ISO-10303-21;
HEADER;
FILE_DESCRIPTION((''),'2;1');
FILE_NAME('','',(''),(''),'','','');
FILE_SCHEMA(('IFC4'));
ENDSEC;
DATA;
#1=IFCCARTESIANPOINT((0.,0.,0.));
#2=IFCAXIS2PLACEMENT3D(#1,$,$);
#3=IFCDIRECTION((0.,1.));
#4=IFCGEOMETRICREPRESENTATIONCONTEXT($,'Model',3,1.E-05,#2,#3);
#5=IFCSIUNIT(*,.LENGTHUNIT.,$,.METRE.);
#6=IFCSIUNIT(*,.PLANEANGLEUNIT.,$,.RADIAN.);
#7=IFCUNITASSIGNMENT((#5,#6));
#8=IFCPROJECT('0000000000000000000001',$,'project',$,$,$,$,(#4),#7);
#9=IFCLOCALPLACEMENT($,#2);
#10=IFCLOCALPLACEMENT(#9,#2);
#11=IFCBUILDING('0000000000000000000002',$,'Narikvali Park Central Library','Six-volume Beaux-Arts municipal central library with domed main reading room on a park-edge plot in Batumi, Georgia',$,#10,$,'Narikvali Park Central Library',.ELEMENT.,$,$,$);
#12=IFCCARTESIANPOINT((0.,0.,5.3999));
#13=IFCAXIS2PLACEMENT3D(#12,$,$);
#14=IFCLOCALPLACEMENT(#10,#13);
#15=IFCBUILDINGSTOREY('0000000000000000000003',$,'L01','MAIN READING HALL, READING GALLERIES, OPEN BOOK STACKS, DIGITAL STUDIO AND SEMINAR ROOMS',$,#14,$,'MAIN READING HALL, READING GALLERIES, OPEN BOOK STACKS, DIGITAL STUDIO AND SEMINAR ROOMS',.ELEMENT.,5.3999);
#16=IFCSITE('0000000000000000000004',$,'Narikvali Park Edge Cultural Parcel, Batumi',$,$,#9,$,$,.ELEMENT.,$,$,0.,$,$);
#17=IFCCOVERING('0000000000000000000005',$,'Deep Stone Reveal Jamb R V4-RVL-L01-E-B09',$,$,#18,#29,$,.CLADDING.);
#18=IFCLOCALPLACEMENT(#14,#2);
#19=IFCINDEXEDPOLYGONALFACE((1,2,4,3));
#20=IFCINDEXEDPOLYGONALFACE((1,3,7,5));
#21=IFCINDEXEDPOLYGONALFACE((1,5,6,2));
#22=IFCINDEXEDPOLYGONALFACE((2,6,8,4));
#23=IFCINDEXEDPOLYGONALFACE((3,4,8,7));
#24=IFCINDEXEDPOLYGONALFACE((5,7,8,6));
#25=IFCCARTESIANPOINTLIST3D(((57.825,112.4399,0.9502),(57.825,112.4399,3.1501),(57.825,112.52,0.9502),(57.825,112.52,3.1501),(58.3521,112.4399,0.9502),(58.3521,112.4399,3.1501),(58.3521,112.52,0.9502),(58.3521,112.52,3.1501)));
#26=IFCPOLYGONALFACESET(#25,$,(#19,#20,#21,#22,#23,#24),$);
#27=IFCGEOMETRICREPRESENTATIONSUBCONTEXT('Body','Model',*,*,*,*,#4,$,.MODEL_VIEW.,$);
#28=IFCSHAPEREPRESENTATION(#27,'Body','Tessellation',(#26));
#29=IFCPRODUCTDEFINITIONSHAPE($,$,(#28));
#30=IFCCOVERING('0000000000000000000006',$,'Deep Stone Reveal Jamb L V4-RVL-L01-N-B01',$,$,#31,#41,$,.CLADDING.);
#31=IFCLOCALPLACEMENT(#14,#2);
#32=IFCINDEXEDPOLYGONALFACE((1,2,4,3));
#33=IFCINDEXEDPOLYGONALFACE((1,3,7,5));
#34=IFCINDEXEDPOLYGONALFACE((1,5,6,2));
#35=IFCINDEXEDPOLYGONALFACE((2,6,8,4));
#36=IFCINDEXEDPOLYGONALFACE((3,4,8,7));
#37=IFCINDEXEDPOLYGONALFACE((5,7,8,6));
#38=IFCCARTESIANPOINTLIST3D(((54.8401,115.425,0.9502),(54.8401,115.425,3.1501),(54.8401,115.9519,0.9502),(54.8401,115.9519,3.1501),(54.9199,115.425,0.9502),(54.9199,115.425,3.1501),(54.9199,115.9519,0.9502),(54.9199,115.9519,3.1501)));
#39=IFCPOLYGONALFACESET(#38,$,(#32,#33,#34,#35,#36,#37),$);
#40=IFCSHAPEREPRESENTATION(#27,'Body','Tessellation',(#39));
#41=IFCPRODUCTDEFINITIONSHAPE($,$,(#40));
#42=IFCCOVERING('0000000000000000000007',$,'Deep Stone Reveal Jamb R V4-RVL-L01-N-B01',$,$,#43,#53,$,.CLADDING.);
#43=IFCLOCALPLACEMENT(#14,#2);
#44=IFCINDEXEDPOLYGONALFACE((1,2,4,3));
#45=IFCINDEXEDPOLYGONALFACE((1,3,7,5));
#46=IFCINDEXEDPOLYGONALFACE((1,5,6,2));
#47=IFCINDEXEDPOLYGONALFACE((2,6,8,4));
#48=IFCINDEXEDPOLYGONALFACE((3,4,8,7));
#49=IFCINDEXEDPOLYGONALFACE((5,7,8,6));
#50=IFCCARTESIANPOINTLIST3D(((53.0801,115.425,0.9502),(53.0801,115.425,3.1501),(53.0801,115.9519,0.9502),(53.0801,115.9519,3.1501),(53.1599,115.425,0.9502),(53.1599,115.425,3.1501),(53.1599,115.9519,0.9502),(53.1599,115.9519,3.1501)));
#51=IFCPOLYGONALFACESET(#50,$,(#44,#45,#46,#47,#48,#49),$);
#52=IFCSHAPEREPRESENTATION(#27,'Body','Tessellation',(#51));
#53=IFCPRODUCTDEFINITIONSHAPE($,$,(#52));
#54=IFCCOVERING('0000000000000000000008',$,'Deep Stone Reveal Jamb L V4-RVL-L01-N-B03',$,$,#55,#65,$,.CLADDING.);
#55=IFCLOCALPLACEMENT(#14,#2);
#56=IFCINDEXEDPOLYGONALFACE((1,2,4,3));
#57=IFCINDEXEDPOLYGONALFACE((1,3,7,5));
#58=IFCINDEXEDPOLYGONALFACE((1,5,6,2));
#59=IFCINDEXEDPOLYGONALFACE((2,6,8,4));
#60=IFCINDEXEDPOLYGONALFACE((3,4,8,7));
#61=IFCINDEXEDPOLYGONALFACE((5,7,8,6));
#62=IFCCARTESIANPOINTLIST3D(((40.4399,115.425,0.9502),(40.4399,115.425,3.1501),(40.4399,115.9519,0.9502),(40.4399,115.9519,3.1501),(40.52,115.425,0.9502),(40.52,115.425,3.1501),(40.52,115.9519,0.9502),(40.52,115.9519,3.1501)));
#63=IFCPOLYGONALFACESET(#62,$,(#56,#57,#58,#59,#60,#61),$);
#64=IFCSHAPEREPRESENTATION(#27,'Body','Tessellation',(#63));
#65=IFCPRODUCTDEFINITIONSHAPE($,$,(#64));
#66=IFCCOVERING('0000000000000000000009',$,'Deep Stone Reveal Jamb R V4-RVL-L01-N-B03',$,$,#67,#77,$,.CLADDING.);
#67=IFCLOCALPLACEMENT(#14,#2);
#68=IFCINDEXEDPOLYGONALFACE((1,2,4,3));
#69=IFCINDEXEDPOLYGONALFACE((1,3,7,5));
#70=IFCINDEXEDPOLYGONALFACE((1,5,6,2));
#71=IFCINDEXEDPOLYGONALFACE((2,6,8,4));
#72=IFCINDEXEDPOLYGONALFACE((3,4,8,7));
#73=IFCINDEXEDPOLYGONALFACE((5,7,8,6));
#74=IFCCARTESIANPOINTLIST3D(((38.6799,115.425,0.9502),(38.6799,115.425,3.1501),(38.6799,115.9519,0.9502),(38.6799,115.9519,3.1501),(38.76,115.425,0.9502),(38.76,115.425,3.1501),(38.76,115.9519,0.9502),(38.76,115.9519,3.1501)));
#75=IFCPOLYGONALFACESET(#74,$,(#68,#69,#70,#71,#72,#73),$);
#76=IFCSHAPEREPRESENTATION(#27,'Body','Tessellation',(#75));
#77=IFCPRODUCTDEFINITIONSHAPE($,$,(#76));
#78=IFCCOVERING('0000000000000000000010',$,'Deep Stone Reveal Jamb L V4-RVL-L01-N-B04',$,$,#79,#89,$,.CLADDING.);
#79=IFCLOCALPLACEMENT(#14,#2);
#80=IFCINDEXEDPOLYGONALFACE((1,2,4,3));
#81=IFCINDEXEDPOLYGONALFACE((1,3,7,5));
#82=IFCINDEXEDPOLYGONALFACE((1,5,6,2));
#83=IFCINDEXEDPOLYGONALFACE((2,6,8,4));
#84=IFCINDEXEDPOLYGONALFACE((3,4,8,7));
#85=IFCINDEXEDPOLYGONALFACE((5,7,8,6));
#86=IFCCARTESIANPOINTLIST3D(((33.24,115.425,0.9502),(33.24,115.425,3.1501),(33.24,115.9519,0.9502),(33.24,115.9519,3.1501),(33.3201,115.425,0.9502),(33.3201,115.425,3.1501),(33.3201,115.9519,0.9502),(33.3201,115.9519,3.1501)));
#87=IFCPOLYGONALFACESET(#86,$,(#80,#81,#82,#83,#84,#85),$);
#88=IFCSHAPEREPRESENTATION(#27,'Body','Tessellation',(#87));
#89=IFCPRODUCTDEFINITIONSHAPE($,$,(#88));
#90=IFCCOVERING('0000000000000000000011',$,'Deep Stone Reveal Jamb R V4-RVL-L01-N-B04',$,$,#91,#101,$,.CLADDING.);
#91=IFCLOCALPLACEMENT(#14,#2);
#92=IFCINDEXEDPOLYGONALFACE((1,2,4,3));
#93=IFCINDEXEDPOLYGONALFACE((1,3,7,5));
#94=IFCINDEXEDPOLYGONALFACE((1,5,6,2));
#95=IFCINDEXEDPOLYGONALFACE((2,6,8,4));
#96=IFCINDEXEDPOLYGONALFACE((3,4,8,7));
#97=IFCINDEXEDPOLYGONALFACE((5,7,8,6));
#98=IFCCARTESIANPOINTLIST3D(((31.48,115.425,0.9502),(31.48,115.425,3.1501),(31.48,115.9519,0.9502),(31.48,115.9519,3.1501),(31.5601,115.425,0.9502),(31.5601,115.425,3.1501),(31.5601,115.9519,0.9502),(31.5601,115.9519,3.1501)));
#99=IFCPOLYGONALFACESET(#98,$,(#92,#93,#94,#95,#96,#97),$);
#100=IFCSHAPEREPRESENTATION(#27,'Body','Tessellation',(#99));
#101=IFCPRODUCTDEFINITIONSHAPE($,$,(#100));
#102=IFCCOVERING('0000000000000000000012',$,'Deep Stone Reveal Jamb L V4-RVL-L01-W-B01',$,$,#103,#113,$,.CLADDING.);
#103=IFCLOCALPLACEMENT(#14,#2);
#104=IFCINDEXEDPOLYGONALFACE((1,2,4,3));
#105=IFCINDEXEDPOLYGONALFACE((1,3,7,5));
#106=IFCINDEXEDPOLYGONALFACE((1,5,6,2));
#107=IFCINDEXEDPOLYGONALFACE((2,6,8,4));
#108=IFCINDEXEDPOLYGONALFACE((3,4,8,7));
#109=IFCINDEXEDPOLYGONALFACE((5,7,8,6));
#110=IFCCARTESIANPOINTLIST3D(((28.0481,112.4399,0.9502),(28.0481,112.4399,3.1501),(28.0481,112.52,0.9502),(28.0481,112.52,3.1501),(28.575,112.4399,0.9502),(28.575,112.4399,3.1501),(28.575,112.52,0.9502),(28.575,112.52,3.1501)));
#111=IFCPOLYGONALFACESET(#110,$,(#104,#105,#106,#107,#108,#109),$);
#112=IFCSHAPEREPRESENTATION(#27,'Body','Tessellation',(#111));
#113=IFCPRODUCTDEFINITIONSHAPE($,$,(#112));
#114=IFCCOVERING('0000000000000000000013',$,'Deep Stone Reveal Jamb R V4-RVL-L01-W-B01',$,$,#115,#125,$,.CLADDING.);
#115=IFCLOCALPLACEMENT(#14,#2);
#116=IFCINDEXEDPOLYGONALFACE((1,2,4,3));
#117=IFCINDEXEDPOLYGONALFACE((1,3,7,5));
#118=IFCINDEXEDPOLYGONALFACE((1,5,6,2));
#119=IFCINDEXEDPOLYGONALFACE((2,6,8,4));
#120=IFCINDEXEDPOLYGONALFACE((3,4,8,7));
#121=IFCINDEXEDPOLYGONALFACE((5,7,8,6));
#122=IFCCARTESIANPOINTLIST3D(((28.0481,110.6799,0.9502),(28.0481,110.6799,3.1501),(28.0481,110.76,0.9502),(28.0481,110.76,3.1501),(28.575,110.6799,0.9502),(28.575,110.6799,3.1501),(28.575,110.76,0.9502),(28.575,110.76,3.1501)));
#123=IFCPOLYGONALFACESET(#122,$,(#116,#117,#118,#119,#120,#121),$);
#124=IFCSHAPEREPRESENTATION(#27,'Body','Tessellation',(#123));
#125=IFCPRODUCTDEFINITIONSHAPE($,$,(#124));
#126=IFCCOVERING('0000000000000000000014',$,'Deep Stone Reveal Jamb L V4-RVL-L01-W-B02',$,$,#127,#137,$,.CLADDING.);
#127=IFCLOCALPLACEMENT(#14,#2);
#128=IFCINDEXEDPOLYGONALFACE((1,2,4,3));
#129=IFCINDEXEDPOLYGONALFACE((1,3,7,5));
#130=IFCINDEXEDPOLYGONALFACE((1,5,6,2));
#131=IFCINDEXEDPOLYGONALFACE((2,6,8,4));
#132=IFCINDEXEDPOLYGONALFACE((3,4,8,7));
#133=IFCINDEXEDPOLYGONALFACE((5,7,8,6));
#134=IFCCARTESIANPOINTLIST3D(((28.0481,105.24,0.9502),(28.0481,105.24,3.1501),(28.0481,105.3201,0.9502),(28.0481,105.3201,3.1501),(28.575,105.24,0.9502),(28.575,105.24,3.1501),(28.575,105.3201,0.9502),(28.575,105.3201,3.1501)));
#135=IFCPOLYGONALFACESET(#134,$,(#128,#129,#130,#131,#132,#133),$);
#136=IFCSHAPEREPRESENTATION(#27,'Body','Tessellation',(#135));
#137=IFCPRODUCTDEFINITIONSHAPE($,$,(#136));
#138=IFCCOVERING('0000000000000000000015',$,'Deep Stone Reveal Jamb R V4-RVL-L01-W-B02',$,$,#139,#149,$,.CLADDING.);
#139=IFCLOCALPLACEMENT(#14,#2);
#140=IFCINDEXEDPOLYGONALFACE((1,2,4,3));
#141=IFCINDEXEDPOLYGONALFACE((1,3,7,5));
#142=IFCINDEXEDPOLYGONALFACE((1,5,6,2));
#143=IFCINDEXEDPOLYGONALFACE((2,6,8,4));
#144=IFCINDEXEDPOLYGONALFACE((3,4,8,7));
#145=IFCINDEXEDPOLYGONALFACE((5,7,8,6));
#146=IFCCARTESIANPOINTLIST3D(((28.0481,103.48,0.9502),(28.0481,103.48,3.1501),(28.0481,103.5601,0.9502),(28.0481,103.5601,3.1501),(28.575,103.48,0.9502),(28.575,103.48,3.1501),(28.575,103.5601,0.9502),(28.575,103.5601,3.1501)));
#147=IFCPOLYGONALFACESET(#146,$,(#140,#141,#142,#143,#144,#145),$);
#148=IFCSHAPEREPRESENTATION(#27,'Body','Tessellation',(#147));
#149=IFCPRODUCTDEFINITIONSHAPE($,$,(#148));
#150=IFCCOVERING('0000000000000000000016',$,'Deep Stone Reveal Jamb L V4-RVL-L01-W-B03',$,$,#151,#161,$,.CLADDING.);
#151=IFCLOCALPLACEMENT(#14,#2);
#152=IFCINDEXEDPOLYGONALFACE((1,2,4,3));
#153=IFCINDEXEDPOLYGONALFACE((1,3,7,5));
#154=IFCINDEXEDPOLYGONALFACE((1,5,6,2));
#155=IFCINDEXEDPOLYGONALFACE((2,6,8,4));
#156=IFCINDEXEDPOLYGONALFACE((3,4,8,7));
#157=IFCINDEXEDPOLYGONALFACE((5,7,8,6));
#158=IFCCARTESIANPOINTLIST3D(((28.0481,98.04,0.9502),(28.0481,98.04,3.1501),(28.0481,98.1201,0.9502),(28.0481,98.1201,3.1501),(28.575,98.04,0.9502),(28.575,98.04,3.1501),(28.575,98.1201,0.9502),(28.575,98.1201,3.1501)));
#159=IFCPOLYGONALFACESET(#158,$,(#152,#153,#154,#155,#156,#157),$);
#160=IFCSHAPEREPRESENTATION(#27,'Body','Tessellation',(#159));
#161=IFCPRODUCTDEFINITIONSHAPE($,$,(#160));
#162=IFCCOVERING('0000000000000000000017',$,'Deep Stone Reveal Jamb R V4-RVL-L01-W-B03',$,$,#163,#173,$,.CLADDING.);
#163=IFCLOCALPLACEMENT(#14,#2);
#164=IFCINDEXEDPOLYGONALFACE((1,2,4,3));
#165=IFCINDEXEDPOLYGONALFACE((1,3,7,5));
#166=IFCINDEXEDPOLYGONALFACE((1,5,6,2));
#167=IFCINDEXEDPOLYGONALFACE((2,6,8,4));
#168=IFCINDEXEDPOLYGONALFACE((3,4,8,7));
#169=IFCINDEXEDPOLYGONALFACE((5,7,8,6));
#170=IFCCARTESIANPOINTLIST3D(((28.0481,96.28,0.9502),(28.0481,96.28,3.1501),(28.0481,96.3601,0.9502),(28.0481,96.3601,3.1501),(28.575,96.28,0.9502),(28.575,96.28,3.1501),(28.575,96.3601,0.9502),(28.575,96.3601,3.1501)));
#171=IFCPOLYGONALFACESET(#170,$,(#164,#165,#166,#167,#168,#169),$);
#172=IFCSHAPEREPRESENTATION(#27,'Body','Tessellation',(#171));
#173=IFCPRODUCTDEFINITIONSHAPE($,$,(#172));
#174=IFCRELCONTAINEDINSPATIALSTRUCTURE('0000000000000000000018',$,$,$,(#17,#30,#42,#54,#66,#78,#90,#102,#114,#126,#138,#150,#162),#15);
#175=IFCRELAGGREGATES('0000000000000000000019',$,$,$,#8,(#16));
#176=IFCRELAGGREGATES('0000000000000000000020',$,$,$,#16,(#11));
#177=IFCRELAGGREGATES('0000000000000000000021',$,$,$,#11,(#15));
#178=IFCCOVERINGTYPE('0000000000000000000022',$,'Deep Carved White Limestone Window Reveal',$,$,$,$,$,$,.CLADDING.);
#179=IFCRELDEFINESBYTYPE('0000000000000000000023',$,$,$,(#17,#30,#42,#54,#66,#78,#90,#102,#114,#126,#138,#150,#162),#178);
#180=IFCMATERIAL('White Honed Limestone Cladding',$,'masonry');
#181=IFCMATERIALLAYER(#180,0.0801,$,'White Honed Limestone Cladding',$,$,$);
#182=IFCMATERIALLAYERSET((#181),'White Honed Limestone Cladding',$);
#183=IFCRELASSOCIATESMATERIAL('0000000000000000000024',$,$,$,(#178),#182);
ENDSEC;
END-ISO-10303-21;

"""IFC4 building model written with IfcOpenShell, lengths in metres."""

from ifc_helpers import new_model, si_unit, direction, frame, origin, place, context, subcontext, project, spatial, polyline, outline, extrude, material, layer, layer_set, type_object, element, save


model = new_model("IFC4")

# Units and contexts
model_context = context("Model", 3, precision=1e-05, world=origin(), true_north=direction((0.0, 1.0)))
body_context = subcontext(model_context, "Body", "Model", "MODEL_VIEW")
ifc_project = project(units=[si_unit("LENGTHUNIT", "METRE"), si_unit("PLANEANGLEUNIT", "RADIAN")], contexts=[model_context])

# Site, building, storey
site_placement = place(None, origin())
site = spatial("IfcSite", under=ifc_project, at=site_placement, Name="Narikvali Park Edge Cultural Parcel, Batumi", CompositionType="ELEMENT", RefElevation=0.0)
building_placement = place(site_placement, origin())
building = spatial("IfcBuilding", under=site, at=building_placement, Name="Narikvali Park Central Library", Description="Six-volume Beaux-Arts municipal central library with domed main reading room on a park-edge plot in Batumi, Georgia", LongName="Narikvali Park Central Library", CompositionType="ELEMENT")
storey_placement = place(building_placement, frame((0.0, 0.0, 5.3999)))
storey = spatial("IfcBuildingStorey", under=building, at=storey_placement, Name="L01", Description="MAIN READING HALL, READING GALLERIES, OPEN BOOK STACKS, DIGITAL STUDIO AND SEMINAR ROOMS", LongName="MAIN READING HALL, READING GALLERIES, OPEN BOOK STACKS, DIGITAL STUDIO AND SEMINAR ROOMS", CompositionType="ELEMENT", Elevation=5.3999)

# Coverings
ifc_material = material(Name="White Honed Limestone Cladding", Category="masonry")
ifc_layer = layer(ifc_material, 0.0801, Name="White Honed Limestone Cladding")
ifc_layer_set = layer_set([ifc_layer], Name="White Honed Limestone Cladding")
covering_type = type_object("IfcCoveringType", Name="Deep Carved White Limestone Window Reveal", PredefinedType="CLADDING", material=ifc_layer_set)
covering_1_placement = place(storey_placement, frame((0.0, 0.0, 0.9502)))
element("IfcCovering", 1, at=covering_1_placement, inside=storey, type_object=covering_type, Name="Deep Stone Reveal Jamb R V4-RVL-L01-E-B09", PredefinedType="CLADDING", context=body_context, shape_type="SweptSolid", body=[
    extrude(outline(polyline([(57.825, 112.4399), (57.825, 112.52), (58.3521, 112.52), (58.3521, 112.4399), (57.825, 112.4399)])), origin(), (0.0, 0.0, 1.0), 2.2),
])
covering_2_placement = place(storey_placement, frame((0.0, 0.0, 0.9502)))
element("IfcCovering", 2, at=covering_2_placement, inside=storey, type_object=covering_type, Name="Deep Stone Reveal Jamb L V4-RVL-L01-N-B01", PredefinedType="CLADDING", context=body_context, shape_type="SweptSolid", body=[
    extrude(outline(polyline([(54.9199, 115.425), (54.8401, 115.425), (54.8401, 115.9519), (54.9199, 115.9519), (54.9199, 115.425)])), origin(), (0.0, 0.0, 1.0), 2.2),
])
covering_3_placement = place(storey_placement, frame((0.0, 0.0, 0.9502)))
element("IfcCovering", 3, at=covering_3_placement, inside=storey, type_object=covering_type, Name="Deep Stone Reveal Jamb R V4-RVL-L01-N-B01", PredefinedType="CLADDING", context=body_context, shape_type="SweptSolid", body=[
    extrude(outline(polyline([(53.1599, 115.425), (53.0801, 115.425), (53.0801, 115.9519), (53.1599, 115.9519), (53.1599, 115.425)])), origin(), (0.0, 0.0, 1.0), 2.2),
])
covering_4_placement = place(storey_placement, frame((0.0, 0.0, 0.9502)))
element("IfcCovering", 4, at=covering_4_placement, inside=storey, type_object=covering_type, Name="Deep Stone Reveal Jamb L V4-RVL-L01-N-B03", PredefinedType="CLADDING", context=body_context, shape_type="SweptSolid", body=[
    extrude(outline(polyline([(40.52, 115.425), (40.4399, 115.425), (40.4399, 115.9519), (40.52, 115.9519), (40.52, 115.425)])), origin(), (0.0, 0.0, 1.0), 2.2),
])
covering_5_placement = place(storey_placement, frame((0.0, 0.0, 0.9502)))
element("IfcCovering", 5, at=covering_5_placement, inside=storey, type_object=covering_type, Name="Deep Stone Reveal Jamb R V4-RVL-L01-N-B03", PredefinedType="CLADDING", context=body_context, shape_type="SweptSolid", body=[
    extrude(outline(polyline([(38.76, 115.425), (38.6799, 115.425), (38.6799, 115.9519), (38.76, 115.9519), (38.76, 115.425)])), origin(), (0.0, 0.0, 1.0), 2.2),
])
covering_6_placement = place(storey_placement, frame((0.0, 0.0, 0.9502)))
element("IfcCovering", 6, at=covering_6_placement, inside=storey, type_object=covering_type, Name="Deep Stone Reveal Jamb L V4-RVL-L01-N-B04", PredefinedType="CLADDING", context=body_context, shape_type="SweptSolid", body=[
    extrude(outline(polyline([(33.3201, 115.425), (33.24, 115.425), (33.24, 115.9519), (33.3201, 115.9519), (33.3201, 115.425)])), origin(), (0.0, 0.0, 1.0), 2.2),
])
covering_7_placement = place(storey_placement, frame((0.0, 0.0, 0.9502)))
element("IfcCovering", 7, at=covering_7_placement, inside=storey, type_object=covering_type, Name="Deep Stone Reveal Jamb R V4-RVL-L01-N-B04", PredefinedType="CLADDING", context=body_context, shape_type="SweptSolid", body=[
    extrude(outline(polyline([(31.5601, 115.425), (31.48, 115.425), (31.48, 115.9519), (31.5601, 115.9519), (31.5601, 115.425)])), origin(), (0.0, 0.0, 1.0), 2.2),
])
covering_8_placement = place(storey_placement, frame((0.0, 0.0, 0.9502)))
element("IfcCovering", 8, at=covering_8_placement, inside=storey, type_object=covering_type, Name="Deep Stone Reveal Jamb L V4-RVL-L01-W-B01", PredefinedType="CLADDING", context=body_context, shape_type="SweptSolid", body=[
    extrude(outline(polyline([(28.575, 112.52), (28.575, 112.4399), (28.0481, 112.4399), (28.0481, 112.52), (28.575, 112.52)])), origin(), (0.0, 0.0, 1.0), 2.2),
])
covering_9_placement = place(storey_placement, frame((0.0, 0.0, 0.9502)))
element("IfcCovering", 9, at=covering_9_placement, inside=storey, type_object=covering_type, Name="Deep Stone Reveal Jamb R V4-RVL-L01-W-B01", PredefinedType="CLADDING", context=body_context, shape_type="SweptSolid", body=[
    extrude(outline(polyline([(28.575, 110.76), (28.575, 110.6799), (28.0481, 110.6799), (28.0481, 110.76), (28.575, 110.76)])), origin(), (0.0, 0.0, 1.0), 2.2),
])
covering_10_placement = place(storey_placement, frame((0.0, 0.0, 0.9502)))
element("IfcCovering", 10, at=covering_10_placement, inside=storey, type_object=covering_type, Name="Deep Stone Reveal Jamb L V4-RVL-L01-W-B02", PredefinedType="CLADDING", context=body_context, shape_type="SweptSolid", body=[
    extrude(outline(polyline([(28.575, 105.3201), (28.575, 105.24), (28.0481, 105.24), (28.0481, 105.3201), (28.575, 105.3201)])), origin(), (0.0, 0.0, 1.0), 2.2),
])
covering_11_placement = place(storey_placement, frame((0.0, 0.0, 0.9502)))
element("IfcCovering", 11, at=covering_11_placement, inside=storey, type_object=covering_type, Name="Deep Stone Reveal Jamb R V4-RVL-L01-W-B02", PredefinedType="CLADDING", context=body_context, shape_type="SweptSolid", body=[
    extrude(outline(polyline([(28.575, 103.5601), (28.575, 103.48), (28.0481, 103.48), (28.0481, 103.5601), (28.575, 103.5601)])), origin(), (0.0, 0.0, 1.0), 2.2),
])
covering_12_placement = place(storey_placement, frame((0.0, 0.0, 0.9502)))
element("IfcCovering", 12, at=covering_12_placement, inside=storey, type_object=covering_type, Name="Deep Stone Reveal Jamb L V4-RVL-L01-W-B03", PredefinedType="CLADDING", context=body_context, shape_type="SweptSolid", body=[
    extrude(outline(polyline([(28.575, 98.1201), (28.575, 98.04), (28.0481, 98.04), (28.0481, 98.1201), (28.575, 98.1201)])), origin(), (0.0, 0.0, 1.0), 2.2),
])
covering_13_placement = place(storey_placement, frame((0.0, 0.0, 0.9502)))
element("IfcCovering", 13, at=covering_13_placement, inside=storey, type_object=covering_type, Name="Deep Stone Reveal Jamb R V4-RVL-L01-W-B03", PredefinedType="CLADDING", context=body_context, shape_type="SweptSolid", body=[
    extrude(outline(polyline([(28.575, 96.3601), (28.575, 96.28), (28.0481, 96.28), (28.0481, 96.3601), (28.575, 96.3601)])), origin(), (0.0, 0.0, 1.0), 2.2),
])

save(model, "model.ifc")
